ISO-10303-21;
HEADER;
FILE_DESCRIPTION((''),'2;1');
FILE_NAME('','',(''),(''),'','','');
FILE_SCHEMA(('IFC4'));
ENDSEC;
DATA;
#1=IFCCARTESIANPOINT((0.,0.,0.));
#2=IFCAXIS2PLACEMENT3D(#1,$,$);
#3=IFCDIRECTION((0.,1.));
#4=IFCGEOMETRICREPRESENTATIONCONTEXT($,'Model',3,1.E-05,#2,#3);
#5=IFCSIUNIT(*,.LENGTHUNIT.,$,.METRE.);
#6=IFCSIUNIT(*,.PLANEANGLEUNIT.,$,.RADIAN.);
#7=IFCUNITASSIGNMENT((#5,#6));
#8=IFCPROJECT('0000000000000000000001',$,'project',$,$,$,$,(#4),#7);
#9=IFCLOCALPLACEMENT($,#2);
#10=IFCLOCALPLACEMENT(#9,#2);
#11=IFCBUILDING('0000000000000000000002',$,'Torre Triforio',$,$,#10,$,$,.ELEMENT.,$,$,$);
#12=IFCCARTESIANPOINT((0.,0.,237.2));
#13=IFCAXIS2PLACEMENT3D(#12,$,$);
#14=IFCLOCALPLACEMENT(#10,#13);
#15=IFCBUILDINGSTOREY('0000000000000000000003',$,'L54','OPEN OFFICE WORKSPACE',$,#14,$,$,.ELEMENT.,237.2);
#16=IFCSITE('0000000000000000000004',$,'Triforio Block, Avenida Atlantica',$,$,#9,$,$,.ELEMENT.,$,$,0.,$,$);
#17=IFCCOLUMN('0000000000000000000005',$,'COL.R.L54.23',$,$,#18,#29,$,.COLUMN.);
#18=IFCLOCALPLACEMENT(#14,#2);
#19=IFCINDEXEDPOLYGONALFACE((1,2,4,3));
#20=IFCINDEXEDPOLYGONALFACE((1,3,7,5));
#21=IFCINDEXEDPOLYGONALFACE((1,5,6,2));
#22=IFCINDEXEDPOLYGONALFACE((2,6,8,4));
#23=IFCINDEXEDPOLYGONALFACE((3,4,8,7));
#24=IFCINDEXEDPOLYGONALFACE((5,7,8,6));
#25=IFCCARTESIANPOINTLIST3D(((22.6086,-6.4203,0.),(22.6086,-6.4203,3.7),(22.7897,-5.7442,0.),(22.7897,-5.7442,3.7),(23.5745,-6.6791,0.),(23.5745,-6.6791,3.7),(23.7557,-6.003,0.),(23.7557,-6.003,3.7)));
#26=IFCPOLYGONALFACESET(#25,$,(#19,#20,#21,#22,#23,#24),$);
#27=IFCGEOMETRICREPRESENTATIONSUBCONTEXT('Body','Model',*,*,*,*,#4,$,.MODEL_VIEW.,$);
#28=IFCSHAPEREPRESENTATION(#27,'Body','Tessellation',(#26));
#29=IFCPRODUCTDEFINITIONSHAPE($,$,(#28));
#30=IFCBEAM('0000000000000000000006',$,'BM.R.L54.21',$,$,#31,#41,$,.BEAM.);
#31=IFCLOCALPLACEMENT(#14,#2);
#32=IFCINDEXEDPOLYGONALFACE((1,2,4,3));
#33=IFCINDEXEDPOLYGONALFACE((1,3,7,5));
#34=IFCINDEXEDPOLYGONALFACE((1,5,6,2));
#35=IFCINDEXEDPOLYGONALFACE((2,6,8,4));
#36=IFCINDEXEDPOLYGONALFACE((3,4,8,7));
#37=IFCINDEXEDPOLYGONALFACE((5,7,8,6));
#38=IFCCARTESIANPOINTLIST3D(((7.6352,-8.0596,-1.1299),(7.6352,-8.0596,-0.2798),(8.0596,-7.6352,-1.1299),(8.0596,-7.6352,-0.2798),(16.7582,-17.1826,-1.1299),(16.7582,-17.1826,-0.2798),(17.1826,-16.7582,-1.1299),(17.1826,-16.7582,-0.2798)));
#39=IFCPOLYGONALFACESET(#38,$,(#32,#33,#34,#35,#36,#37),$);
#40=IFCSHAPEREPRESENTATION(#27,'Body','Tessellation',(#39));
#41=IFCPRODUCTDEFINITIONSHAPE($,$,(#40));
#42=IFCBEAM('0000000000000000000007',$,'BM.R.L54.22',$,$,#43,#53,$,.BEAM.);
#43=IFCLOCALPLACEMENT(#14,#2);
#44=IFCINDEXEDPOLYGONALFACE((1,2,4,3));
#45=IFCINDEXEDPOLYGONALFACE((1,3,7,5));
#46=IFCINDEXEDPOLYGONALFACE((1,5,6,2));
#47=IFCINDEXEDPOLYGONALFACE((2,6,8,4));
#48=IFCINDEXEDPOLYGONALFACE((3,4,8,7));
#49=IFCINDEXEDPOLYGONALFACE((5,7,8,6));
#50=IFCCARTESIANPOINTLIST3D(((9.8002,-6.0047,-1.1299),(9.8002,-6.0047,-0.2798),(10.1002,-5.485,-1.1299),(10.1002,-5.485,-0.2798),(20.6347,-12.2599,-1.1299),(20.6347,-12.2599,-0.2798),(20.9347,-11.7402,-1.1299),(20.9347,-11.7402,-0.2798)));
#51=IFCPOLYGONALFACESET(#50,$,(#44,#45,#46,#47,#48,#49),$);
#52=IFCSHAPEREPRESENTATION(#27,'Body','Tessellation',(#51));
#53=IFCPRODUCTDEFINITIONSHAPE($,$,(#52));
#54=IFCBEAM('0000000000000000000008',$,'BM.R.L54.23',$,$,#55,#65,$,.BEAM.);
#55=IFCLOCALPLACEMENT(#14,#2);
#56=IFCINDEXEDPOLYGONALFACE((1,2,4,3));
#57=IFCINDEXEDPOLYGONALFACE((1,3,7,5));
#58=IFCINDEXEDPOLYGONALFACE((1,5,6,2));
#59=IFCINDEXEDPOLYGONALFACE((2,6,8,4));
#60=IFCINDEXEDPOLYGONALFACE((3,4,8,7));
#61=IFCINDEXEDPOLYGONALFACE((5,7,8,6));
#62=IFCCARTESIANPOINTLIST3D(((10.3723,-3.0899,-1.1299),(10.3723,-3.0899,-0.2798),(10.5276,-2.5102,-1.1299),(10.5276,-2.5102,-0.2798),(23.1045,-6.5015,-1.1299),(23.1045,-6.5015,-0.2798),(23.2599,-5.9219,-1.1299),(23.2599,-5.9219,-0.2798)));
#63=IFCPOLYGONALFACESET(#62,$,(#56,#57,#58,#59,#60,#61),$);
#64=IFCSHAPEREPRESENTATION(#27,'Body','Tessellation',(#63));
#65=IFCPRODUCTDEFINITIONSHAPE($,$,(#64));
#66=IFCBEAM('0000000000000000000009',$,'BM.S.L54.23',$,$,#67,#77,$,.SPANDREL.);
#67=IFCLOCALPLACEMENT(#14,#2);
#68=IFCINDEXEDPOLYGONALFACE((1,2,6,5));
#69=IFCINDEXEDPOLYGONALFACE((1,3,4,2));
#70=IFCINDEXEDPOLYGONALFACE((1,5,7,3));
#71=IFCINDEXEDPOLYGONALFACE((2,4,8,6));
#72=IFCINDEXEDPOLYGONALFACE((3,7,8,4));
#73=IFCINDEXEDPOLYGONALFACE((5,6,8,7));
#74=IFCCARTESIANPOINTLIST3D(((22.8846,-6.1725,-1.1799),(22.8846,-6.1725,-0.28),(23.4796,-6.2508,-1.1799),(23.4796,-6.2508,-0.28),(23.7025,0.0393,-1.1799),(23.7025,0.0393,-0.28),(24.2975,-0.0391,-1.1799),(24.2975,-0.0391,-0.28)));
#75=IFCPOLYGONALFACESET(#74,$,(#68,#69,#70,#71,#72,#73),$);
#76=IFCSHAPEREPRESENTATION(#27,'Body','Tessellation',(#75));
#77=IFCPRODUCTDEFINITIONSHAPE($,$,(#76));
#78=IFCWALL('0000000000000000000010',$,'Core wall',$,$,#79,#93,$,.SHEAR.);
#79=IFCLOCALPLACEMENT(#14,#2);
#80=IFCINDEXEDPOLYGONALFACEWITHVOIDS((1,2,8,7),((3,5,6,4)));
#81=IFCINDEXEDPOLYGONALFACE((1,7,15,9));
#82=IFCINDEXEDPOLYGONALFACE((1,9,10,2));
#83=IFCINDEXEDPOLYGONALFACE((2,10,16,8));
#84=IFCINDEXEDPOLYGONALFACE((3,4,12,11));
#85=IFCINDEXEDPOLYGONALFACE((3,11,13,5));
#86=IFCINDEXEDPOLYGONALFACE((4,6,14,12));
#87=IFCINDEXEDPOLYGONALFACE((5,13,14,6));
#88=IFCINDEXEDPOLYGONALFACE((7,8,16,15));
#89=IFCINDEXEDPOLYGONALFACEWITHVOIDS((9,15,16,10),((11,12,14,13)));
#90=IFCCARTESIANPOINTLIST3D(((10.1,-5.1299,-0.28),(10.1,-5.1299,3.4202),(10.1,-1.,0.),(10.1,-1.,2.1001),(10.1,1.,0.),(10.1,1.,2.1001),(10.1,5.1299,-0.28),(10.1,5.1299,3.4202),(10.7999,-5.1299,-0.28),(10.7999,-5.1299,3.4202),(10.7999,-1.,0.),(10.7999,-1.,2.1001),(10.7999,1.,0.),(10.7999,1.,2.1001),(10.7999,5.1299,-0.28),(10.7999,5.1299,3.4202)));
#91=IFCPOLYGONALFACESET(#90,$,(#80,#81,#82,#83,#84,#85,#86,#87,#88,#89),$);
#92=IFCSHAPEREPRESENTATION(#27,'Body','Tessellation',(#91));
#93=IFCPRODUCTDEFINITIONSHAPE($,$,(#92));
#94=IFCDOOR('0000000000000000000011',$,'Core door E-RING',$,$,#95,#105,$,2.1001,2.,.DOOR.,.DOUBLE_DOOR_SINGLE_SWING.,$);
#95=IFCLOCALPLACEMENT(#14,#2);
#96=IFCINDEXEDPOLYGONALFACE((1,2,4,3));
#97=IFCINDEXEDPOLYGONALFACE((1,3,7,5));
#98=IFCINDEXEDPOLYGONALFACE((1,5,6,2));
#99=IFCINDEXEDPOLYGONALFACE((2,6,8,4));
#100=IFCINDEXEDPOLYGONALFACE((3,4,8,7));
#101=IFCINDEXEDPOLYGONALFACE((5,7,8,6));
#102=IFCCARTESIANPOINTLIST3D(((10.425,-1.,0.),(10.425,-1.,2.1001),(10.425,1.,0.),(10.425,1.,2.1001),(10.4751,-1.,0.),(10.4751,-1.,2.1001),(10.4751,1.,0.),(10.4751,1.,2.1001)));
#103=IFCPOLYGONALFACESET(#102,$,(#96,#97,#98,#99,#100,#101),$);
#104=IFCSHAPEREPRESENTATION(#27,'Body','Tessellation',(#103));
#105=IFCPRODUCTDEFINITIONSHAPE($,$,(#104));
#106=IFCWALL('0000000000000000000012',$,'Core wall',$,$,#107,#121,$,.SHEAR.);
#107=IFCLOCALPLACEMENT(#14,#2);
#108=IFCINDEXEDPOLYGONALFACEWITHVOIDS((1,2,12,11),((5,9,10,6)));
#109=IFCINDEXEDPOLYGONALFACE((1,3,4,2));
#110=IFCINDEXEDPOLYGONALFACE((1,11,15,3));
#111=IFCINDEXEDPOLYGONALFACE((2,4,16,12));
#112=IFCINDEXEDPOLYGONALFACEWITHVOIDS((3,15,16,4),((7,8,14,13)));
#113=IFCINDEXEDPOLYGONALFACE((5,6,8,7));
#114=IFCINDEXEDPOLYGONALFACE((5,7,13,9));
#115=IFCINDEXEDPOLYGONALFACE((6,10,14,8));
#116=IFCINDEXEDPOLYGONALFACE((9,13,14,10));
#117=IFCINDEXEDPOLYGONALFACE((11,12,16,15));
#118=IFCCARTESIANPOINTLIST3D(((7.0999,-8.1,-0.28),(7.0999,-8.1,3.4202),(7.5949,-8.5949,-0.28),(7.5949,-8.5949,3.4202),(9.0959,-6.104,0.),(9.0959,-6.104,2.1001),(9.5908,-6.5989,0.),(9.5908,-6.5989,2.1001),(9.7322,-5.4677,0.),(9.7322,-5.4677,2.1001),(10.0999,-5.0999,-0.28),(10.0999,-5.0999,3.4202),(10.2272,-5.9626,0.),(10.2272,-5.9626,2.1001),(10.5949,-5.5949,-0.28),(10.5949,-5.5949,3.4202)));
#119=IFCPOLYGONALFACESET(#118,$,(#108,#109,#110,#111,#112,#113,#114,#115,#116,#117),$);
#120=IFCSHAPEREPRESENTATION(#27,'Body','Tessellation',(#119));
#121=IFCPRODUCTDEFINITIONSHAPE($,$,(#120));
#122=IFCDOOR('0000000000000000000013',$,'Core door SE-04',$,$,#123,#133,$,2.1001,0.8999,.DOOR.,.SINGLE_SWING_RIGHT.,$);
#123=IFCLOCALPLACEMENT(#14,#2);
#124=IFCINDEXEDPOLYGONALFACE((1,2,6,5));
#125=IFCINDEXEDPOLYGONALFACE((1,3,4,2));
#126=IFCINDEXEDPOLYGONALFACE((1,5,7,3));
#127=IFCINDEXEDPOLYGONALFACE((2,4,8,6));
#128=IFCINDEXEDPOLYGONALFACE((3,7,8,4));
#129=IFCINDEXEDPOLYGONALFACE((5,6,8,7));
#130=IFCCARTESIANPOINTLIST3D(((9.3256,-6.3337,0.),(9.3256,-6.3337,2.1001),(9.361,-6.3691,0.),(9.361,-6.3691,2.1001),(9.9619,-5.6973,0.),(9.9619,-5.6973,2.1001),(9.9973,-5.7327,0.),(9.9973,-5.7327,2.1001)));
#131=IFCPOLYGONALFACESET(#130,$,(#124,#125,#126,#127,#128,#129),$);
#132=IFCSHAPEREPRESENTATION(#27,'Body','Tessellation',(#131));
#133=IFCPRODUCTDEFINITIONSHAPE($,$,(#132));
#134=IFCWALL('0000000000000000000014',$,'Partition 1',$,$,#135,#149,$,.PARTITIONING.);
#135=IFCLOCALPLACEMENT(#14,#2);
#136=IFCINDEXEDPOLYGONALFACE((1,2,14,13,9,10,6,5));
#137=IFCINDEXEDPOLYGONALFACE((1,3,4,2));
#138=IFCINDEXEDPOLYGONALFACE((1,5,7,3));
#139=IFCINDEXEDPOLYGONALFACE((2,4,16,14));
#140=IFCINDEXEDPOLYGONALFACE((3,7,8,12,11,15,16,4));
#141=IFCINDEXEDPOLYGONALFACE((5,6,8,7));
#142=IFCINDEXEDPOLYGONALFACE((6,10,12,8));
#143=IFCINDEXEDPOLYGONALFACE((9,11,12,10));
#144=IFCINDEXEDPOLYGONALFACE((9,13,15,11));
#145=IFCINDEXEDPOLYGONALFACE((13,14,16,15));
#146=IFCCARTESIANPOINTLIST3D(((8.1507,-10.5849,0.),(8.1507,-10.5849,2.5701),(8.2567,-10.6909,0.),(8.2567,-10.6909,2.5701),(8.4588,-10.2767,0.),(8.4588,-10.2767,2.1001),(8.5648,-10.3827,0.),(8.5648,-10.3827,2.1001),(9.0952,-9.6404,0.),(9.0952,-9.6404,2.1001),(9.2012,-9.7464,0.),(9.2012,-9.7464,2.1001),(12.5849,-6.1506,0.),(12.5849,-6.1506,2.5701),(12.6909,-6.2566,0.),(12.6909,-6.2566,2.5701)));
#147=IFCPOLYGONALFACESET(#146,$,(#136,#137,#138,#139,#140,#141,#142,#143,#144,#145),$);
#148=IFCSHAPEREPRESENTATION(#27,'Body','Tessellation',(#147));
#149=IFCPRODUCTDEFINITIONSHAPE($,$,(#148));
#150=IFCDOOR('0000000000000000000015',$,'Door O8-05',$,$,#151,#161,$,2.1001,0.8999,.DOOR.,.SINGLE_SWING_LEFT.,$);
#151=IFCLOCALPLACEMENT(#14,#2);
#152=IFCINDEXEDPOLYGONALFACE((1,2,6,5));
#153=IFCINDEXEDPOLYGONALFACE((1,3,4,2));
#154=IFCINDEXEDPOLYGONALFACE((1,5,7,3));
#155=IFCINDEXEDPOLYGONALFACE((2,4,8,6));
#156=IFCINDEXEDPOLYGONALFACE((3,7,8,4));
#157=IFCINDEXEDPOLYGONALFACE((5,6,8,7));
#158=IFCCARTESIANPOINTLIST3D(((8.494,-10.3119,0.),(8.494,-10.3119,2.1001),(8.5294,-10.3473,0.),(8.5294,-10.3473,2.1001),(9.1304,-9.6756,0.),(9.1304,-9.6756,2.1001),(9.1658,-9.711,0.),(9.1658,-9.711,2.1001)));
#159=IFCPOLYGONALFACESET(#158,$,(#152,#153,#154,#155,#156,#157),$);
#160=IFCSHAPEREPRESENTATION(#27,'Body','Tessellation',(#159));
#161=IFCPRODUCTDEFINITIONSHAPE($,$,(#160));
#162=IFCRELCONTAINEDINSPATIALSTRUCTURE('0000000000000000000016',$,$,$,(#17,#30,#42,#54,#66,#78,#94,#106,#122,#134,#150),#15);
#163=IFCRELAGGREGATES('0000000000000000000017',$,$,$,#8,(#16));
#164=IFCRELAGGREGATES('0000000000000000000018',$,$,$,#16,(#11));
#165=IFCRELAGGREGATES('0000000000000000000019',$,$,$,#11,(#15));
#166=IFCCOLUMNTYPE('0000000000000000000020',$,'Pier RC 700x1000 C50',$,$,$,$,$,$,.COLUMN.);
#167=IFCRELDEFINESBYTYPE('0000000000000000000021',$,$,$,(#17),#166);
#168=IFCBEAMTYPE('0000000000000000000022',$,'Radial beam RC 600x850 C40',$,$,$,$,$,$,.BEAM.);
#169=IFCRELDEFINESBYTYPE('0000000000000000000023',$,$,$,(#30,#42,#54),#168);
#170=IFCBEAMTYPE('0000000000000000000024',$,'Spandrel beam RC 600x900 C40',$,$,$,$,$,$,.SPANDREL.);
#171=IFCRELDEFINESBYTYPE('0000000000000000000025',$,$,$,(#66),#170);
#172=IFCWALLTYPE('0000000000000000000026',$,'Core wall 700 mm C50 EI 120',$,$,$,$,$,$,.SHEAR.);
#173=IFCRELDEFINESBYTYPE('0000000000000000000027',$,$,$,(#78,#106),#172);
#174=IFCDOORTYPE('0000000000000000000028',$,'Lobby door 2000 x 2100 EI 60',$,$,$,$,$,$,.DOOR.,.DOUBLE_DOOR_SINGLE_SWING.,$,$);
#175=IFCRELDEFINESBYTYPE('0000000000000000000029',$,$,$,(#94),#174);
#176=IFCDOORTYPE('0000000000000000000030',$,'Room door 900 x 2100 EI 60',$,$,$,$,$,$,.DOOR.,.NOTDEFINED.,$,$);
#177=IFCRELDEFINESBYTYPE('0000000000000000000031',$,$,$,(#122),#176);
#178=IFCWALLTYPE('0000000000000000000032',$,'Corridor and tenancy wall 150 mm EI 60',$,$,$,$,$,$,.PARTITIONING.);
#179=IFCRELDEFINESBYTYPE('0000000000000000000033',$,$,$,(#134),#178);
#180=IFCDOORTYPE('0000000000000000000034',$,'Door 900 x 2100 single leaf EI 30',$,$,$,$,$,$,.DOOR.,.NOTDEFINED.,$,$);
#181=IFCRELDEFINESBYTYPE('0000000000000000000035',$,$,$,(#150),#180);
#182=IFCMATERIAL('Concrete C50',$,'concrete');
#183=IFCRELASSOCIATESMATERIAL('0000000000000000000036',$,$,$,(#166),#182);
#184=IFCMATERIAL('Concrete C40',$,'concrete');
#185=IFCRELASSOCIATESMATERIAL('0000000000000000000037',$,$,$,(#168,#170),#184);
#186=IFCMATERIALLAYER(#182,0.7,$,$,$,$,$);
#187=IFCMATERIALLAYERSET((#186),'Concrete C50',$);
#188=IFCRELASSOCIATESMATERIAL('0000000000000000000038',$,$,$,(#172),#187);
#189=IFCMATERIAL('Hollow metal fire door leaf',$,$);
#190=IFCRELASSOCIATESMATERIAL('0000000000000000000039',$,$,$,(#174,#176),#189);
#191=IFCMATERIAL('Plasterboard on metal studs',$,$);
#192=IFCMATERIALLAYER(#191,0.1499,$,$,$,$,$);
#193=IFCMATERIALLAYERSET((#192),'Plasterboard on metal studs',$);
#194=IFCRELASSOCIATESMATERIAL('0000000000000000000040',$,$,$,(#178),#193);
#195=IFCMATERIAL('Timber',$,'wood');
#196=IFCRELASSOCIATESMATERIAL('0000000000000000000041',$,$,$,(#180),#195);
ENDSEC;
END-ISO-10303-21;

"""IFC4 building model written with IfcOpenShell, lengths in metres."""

from ifc_helpers import new_model, si_unit, direction, frame, frame_2d, origin, origin_2d, place, context, subcontext, project, spatial, rectangle, extrude, material, layer, layer_set, material_profile, profile_set, type_object, element, fill, save


model = new_model("IFC4")

# Units and contexts
model_context = context("Model", 3, precision=1e-05, world=origin(), true_north=direction((0.0, 1.0)))
body_context = subcontext(model_context, "Body", "Model", "MODEL_VIEW")
ifc_project = project(units=[si_unit("LENGTHUNIT", "METRE"), si_unit("PLANEANGLEUNIT", "RADIAN")], contexts=[model_context])

# Site, building, storey
site_placement = place(None, origin())
site = spatial("IfcSite", under=ifc_project, at=site_placement, Name="Triforio Block, Avenida Atlantica", CompositionType="ELEMENT", RefElevation=0.0)
building_placement = place(site_placement, origin())
building = spatial("IfcBuilding", under=site, at=building_placement, Name="Torre Triforio", CompositionType="ELEMENT")
storey_placement = place(building_placement, frame((0.0, 0.0, 237.2)))
storey = spatial("IfcBuildingStorey", under=building, at=storey_placement, Name="L54", Description="OPEN OFFICE WORKSPACE", CompositionType="ELEMENT", Elevation=237.2)

# Column
ifc_material_1 = material(Name="Concrete C50", Category="concrete")
ifc_material_profile_1 = material_profile(ifc_material_1, rectangle(XDim=0.7, YDim=1.0, at=origin_2d()), Name="RC 700x1000")
ifc_profile_set_1 = profile_set([ifc_material_profile_1], Name="Concrete C50")
column_type = type_object("IfcColumnType", Name="Pier RC 700x1000 C50", PredefinedType="COLUMN", material=ifc_profile_set_1)
column_placement = place(storey_placement, frame((23.1821, -6.2117, 0.0), z_axis=(0.0, 0.0, 1.0), x_axis=(0.258819, 0.965926, 0.0)))
element("IfcColumn", 1, at=column_placement, inside=storey, type_object=column_type, Name="COL.R.L54.23", PredefinedType="COLUMN", context=body_context, shape_type="SweptSolid", body=[
    extrude(rectangle(XDim=0.7, YDim=1.0, at=origin_2d()), origin(), (0.0, 0.0, 1.0), 3.7),
])

# Beams
ifc_material_2 = material(Name="Concrete C40", Category="concrete")
ifc_material_profile_2 = material_profile(ifc_material_2, rectangle(XDim=0.6001, YDim=0.8501, at=origin_2d()), Name="RC 600x850")
ifc_profile_set_2 = profile_set([ifc_material_profile_2], Name="Concrete C40")
beam_type_1 = type_object("IfcBeamType", Name="Radial beam RC 600x850 C40", PredefinedType="BEAM", material=ifc_profile_set_2)
beam_1_placement = place(storey_placement, frame((7.8474, -7.8474, -0.7048), z_axis=(0.707107, -0.707107, 0.0), x_axis=(0.707107, 0.707107, 0.0)))
element("IfcBeam", 2, at=beam_1_placement, inside=storey, type_object=beam_type_1, Name="BM.R.L54.21", PredefinedType="BEAM", context=body_context, shape_type="SweptSolid", body=[
    extrude(rectangle(XDim=0.6001, YDim=0.8501, at=origin_2d()), origin(), (0.0, 0.0, 1.0), 12.9019),
])
beam_2_placement = place(storey_placement, frame((9.9502, -5.7449, -0.7048), z_axis=(0.866031, -0.49999, 0.0), x_axis=(0.49999, 0.866031, 0.0)))
element("IfcBeam", 3, at=beam_2_placement, inside=storey, type_object=beam_type_1, Name="BM.R.L54.22", PredefinedType="BEAM", context=body_context, shape_type="SweptSolid", body=[
    extrude(rectangle(XDim=0.6001, YDim=0.8501, at=origin_2d()), origin(), (0.0, 0.0, 1.0), 12.5105),
])
beam_3_placement = place(storey_placement, frame((10.45, -2.8, -0.7048), z_axis=(0.965925, -0.258822, 0.0), x_axis=(0.258822, 0.965925, 0.0)))
element("IfcBeam", 4, at=beam_3_placement, inside=storey, type_object=beam_type_1, Name="BM.R.L54.23", PredefinedType="BEAM", context=body_context, shape_type="SweptSolid", body=[
    extrude(rectangle(XDim=0.6001, YDim=0.8501, at=origin_2d()), origin(), (0.0, 0.0, 1.0), 13.1814),
])
ifc_material_profile_3 = material_profile(ifc_material_2, rectangle(XDim=0.6001, YDim=0.8999, at=origin_2d()), Name="RC 600x900")
ifc_profile_set_3 = profile_set([ifc_material_profile_3], Name="Concrete C40")
beam_type_2 = type_object("IfcBeamType", Name="Spandrel beam RC 600x900 C40", PredefinedType="SPANDREL", material=ifc_profile_set_3)
beam_4_placement = place(storey_placement, frame((23.1821, -6.2117, -0.73), z_axis=(0.13054, 0.991443, 0.0), x_axis=(-0.991443, 0.13054, 0.0)))
element("IfcBeam", 5, at=beam_4_placement, inside=storey, type_object=beam_type_2, Name="BM.S.L54.23", PredefinedType="SPANDREL", context=body_context, shape_type="SweptSolid", body=[
    extrude(rectangle(XDim=0.6001, YDim=0.8999, at=origin_2d()), origin(), (0.0, 0.0, 1.0), 6.2654),
])

# Walls, openings, doors
ifc_layer_1 = layer(ifc_material_1, 0.7)
ifc_layer_set_1 = layer_set([ifc_layer_1], Name="Concrete C50")
wall_type_1 = type_object("IfcWallType", Name="Core wall 700 mm C50 EI 120", PredefinedType="SHEAR", material=ifc_layer_set_1)
wall_1_placement = place(storey_placement, frame((10.45, -5.1299, -0.28), z_axis=(0.0, 0.0, 1.0), x_axis=(0.0, 1.0, 0.0)))
wall_1 = element("IfcWall", 6, at=wall_1_placement, inside=storey, type_object=wall_type_1, Name="Core wall", PredefinedType="SHEAR", context=body_context, shape_type="SweptSolid", body=[
    extrude(rectangle(XDim=10.2598, YDim=0.7, at=frame_2d((5.1299, 0.0))), origin(), (0.0, 0.0, 1.0), 3.7002),
])
opening_1_placement = place(wall_1_placement, frame((4.1299, 0.0, 0.28)))
opening_1 = element("IfcOpeningElement", 7, at=opening_1_placement, cuts=wall_1, PredefinedType="OPENING", context=body_context, shape_type="SweptSolid", body=[
    extrude(rectangle(XDim=2.0, YDim=2.1001, at=frame_2d((1.0, 1.05))), frame((0.0, 0.3599, 0.0), z_axis=(0.0, -1.0, 0.0), x_axis=(1.0, 0.0, 0.0)), (0.0, 0.0, 1.0), 0.72),
])
ifc_material_3 = material(Name="Hollow metal fire door leaf")
door_type_1 = type_object("IfcDoorType", Name="Lobby door 2000 x 2100 EI 60", OperationType="DOUBLE_DOOR_SINGLE_SWING", PredefinedType="DOOR", material=ifc_material_3)
door_1_placement = place(opening_1_placement, origin())
door_1 = element("IfcDoor", 8, at=door_1_placement, inside=storey, type_object=door_type_1, Name="Core door E-RING", OperationType="DOUBLE_DOOR_SINGLE_SWING", OverallHeight=2.1001, OverallWidth=2.0, PredefinedType="DOOR", context=body_context, shape_type="SweptSolid", body=[
    extrude(rectangle(XDim=2.0, YDim=2.1001, at=frame_2d((1.0, 1.05))), frame((0.0, 0.0249, 0.0), z_axis=(0.0, -1.0, 0.0), x_axis=(1.0, 0.0, 0.0)), (0.0, 0.0, 1.0), 0.05),
])
fill(opening_1, door_1)
wall_2_placement = place(storey_placement, frame((10.3474, -5.3474, -0.28), z_axis=(0.0, 0.0, 1.0), x_axis=(-0.707107, -0.707107, 0.0)))
wall_2 = element("IfcWall", 9, at=wall_2_placement, inside=storey, type_object=wall_type_1, Name="Core wall", PredefinedType="SHEAR", context=body_context, shape_type="SweptSolid", body=[
    extrude(rectangle(XDim=4.2427, YDim=0.7, at=frame_2d((2.1213, 0.0))), origin(), (0.0, 0.0, 1.0), 3.7002),
])
opening_2_placement = place(wall_2_placement, frame((0.52, 0.0, 0.28)))
opening_2 = element("IfcOpeningElement", 10, at=opening_2_placement, cuts=wall_2, PredefinedType="OPENING", context=body_context, shape_type="SweptSolid", body=[
    extrude(rectangle(XDim=0.8999, YDim=2.1001, at=frame_2d((0.45, 1.05))), frame((0.0, 0.3599, 0.0), z_axis=(0.0, -1.0, 0.0), x_axis=(1.0, 0.0, 0.0)), (0.0, 0.0, 1.0), 0.72),
])
door_type_2 = type_object("IfcDoorType", Name="Room door 900 x 2100 EI 60", OperationType="NOTDEFINED", PredefinedType="DOOR", material=ifc_material_3)
door_2_placement = place(opening_2_placement, origin())
door_2 = element("IfcDoor", 11, at=door_2_placement, inside=storey, type_object=door_type_2, Name="Core door SE-04", OperationType="SINGLE_SWING_RIGHT", OverallHeight=2.1001, OverallWidth=0.8999, PredefinedType="DOOR", context=body_context, shape_type="SweptSolid", body=[
    extrude(rectangle(XDim=0.8999, YDim=2.1001, at=frame_2d((0.45, 1.05))), frame((0.0, 0.0249, 0.0), z_axis=(0.0, -1.0, 0.0), x_axis=(1.0, 0.0, 0.0)), (0.0, 0.0, 1.0), 0.05),
])
fill(opening_2, door_2)
ifc_material_4 = material(Name="Plasterboard on metal studs")
ifc_layer_2 = layer(ifc_material_4, 0.1499)
ifc_layer_set_2 = layer_set([ifc_layer_2], Name="Plasterboard on metal studs")
wall_type_2 = type_object("IfcWallType", Name="Corridor and tenancy wall 150 mm EI 60", PredefinedType="PARTITIONING", material=ifc_layer_set_2)
wall_3_placement = place(storey_placement, frame((12.6379, -6.2036, 0.0), z_axis=(0.0, 0.0, 1.0), x_axis=(-0.707107, -0.707107, 0.0)))
wall_3 = element("IfcWall", 12, at=wall_3_placement, inside=storey, type_object=wall_type_2, Name="Partition 1", PredefinedType="PARTITIONING", context=body_context, shape_type="SweptSolid", body=[
    extrude(rectangle(XDim=6.271, YDim=0.1499, at=frame_2d((3.1355, 0.0))), origin(), (0.0, 0.0, 1.0), 2.5701),
])
opening_3_placement = place(wall_3_placement, frame((4.9353, 0.0, 0.0)))
opening_3 = element("IfcOpeningElement", 13, at=opening_3_placement, cuts=wall_3, PredefinedType="OPENING", context=body_context, shape_type="SweptSolid", body=[
    extrude(rectangle(XDim=0.8999, YDim=2.1001, at=frame_2d((0.45, 1.05))), frame((0.0, 0.085, 0.0), z_axis=(0.0, -1.0, 0.0), x_axis=(1.0, 0.0, 0.0)), (0.0, 0.0, 1.0), 0.1699),
])
ifc_material_5 = material(Name="Timber", Category="wood")
door_type_3 = type_object("IfcDoorType", Name="Door 900 x 2100 single leaf EI 30", OperationType="NOTDEFINED", PredefinedType="DOOR", material=ifc_material_5)
door_3_placement = place(opening_3_placement, origin())
door_3 = element("IfcDoor", 14, at=door_3_placement, inside=storey, type_object=door_type_3, Name="Door O8-05", OperationType="SINGLE_SWING_LEFT", OverallHeight=2.1001, OverallWidth=0.8999, PredefinedType="DOOR", context=body_context, shape_type="SweptSolid", body=[
    extrude(rectangle(XDim=0.8999, YDim=2.1001, at=frame_2d((0.45, 1.05))), frame((0.0, 0.0249, 0.0), z_axis=(0.0, -1.0, 0.0), x_axis=(1.0, 0.0, 0.0)), (0.0, 0.0, 1.0), 0.05),
])
fill(opening_3, door_3)

save(model, "model.ifc")
